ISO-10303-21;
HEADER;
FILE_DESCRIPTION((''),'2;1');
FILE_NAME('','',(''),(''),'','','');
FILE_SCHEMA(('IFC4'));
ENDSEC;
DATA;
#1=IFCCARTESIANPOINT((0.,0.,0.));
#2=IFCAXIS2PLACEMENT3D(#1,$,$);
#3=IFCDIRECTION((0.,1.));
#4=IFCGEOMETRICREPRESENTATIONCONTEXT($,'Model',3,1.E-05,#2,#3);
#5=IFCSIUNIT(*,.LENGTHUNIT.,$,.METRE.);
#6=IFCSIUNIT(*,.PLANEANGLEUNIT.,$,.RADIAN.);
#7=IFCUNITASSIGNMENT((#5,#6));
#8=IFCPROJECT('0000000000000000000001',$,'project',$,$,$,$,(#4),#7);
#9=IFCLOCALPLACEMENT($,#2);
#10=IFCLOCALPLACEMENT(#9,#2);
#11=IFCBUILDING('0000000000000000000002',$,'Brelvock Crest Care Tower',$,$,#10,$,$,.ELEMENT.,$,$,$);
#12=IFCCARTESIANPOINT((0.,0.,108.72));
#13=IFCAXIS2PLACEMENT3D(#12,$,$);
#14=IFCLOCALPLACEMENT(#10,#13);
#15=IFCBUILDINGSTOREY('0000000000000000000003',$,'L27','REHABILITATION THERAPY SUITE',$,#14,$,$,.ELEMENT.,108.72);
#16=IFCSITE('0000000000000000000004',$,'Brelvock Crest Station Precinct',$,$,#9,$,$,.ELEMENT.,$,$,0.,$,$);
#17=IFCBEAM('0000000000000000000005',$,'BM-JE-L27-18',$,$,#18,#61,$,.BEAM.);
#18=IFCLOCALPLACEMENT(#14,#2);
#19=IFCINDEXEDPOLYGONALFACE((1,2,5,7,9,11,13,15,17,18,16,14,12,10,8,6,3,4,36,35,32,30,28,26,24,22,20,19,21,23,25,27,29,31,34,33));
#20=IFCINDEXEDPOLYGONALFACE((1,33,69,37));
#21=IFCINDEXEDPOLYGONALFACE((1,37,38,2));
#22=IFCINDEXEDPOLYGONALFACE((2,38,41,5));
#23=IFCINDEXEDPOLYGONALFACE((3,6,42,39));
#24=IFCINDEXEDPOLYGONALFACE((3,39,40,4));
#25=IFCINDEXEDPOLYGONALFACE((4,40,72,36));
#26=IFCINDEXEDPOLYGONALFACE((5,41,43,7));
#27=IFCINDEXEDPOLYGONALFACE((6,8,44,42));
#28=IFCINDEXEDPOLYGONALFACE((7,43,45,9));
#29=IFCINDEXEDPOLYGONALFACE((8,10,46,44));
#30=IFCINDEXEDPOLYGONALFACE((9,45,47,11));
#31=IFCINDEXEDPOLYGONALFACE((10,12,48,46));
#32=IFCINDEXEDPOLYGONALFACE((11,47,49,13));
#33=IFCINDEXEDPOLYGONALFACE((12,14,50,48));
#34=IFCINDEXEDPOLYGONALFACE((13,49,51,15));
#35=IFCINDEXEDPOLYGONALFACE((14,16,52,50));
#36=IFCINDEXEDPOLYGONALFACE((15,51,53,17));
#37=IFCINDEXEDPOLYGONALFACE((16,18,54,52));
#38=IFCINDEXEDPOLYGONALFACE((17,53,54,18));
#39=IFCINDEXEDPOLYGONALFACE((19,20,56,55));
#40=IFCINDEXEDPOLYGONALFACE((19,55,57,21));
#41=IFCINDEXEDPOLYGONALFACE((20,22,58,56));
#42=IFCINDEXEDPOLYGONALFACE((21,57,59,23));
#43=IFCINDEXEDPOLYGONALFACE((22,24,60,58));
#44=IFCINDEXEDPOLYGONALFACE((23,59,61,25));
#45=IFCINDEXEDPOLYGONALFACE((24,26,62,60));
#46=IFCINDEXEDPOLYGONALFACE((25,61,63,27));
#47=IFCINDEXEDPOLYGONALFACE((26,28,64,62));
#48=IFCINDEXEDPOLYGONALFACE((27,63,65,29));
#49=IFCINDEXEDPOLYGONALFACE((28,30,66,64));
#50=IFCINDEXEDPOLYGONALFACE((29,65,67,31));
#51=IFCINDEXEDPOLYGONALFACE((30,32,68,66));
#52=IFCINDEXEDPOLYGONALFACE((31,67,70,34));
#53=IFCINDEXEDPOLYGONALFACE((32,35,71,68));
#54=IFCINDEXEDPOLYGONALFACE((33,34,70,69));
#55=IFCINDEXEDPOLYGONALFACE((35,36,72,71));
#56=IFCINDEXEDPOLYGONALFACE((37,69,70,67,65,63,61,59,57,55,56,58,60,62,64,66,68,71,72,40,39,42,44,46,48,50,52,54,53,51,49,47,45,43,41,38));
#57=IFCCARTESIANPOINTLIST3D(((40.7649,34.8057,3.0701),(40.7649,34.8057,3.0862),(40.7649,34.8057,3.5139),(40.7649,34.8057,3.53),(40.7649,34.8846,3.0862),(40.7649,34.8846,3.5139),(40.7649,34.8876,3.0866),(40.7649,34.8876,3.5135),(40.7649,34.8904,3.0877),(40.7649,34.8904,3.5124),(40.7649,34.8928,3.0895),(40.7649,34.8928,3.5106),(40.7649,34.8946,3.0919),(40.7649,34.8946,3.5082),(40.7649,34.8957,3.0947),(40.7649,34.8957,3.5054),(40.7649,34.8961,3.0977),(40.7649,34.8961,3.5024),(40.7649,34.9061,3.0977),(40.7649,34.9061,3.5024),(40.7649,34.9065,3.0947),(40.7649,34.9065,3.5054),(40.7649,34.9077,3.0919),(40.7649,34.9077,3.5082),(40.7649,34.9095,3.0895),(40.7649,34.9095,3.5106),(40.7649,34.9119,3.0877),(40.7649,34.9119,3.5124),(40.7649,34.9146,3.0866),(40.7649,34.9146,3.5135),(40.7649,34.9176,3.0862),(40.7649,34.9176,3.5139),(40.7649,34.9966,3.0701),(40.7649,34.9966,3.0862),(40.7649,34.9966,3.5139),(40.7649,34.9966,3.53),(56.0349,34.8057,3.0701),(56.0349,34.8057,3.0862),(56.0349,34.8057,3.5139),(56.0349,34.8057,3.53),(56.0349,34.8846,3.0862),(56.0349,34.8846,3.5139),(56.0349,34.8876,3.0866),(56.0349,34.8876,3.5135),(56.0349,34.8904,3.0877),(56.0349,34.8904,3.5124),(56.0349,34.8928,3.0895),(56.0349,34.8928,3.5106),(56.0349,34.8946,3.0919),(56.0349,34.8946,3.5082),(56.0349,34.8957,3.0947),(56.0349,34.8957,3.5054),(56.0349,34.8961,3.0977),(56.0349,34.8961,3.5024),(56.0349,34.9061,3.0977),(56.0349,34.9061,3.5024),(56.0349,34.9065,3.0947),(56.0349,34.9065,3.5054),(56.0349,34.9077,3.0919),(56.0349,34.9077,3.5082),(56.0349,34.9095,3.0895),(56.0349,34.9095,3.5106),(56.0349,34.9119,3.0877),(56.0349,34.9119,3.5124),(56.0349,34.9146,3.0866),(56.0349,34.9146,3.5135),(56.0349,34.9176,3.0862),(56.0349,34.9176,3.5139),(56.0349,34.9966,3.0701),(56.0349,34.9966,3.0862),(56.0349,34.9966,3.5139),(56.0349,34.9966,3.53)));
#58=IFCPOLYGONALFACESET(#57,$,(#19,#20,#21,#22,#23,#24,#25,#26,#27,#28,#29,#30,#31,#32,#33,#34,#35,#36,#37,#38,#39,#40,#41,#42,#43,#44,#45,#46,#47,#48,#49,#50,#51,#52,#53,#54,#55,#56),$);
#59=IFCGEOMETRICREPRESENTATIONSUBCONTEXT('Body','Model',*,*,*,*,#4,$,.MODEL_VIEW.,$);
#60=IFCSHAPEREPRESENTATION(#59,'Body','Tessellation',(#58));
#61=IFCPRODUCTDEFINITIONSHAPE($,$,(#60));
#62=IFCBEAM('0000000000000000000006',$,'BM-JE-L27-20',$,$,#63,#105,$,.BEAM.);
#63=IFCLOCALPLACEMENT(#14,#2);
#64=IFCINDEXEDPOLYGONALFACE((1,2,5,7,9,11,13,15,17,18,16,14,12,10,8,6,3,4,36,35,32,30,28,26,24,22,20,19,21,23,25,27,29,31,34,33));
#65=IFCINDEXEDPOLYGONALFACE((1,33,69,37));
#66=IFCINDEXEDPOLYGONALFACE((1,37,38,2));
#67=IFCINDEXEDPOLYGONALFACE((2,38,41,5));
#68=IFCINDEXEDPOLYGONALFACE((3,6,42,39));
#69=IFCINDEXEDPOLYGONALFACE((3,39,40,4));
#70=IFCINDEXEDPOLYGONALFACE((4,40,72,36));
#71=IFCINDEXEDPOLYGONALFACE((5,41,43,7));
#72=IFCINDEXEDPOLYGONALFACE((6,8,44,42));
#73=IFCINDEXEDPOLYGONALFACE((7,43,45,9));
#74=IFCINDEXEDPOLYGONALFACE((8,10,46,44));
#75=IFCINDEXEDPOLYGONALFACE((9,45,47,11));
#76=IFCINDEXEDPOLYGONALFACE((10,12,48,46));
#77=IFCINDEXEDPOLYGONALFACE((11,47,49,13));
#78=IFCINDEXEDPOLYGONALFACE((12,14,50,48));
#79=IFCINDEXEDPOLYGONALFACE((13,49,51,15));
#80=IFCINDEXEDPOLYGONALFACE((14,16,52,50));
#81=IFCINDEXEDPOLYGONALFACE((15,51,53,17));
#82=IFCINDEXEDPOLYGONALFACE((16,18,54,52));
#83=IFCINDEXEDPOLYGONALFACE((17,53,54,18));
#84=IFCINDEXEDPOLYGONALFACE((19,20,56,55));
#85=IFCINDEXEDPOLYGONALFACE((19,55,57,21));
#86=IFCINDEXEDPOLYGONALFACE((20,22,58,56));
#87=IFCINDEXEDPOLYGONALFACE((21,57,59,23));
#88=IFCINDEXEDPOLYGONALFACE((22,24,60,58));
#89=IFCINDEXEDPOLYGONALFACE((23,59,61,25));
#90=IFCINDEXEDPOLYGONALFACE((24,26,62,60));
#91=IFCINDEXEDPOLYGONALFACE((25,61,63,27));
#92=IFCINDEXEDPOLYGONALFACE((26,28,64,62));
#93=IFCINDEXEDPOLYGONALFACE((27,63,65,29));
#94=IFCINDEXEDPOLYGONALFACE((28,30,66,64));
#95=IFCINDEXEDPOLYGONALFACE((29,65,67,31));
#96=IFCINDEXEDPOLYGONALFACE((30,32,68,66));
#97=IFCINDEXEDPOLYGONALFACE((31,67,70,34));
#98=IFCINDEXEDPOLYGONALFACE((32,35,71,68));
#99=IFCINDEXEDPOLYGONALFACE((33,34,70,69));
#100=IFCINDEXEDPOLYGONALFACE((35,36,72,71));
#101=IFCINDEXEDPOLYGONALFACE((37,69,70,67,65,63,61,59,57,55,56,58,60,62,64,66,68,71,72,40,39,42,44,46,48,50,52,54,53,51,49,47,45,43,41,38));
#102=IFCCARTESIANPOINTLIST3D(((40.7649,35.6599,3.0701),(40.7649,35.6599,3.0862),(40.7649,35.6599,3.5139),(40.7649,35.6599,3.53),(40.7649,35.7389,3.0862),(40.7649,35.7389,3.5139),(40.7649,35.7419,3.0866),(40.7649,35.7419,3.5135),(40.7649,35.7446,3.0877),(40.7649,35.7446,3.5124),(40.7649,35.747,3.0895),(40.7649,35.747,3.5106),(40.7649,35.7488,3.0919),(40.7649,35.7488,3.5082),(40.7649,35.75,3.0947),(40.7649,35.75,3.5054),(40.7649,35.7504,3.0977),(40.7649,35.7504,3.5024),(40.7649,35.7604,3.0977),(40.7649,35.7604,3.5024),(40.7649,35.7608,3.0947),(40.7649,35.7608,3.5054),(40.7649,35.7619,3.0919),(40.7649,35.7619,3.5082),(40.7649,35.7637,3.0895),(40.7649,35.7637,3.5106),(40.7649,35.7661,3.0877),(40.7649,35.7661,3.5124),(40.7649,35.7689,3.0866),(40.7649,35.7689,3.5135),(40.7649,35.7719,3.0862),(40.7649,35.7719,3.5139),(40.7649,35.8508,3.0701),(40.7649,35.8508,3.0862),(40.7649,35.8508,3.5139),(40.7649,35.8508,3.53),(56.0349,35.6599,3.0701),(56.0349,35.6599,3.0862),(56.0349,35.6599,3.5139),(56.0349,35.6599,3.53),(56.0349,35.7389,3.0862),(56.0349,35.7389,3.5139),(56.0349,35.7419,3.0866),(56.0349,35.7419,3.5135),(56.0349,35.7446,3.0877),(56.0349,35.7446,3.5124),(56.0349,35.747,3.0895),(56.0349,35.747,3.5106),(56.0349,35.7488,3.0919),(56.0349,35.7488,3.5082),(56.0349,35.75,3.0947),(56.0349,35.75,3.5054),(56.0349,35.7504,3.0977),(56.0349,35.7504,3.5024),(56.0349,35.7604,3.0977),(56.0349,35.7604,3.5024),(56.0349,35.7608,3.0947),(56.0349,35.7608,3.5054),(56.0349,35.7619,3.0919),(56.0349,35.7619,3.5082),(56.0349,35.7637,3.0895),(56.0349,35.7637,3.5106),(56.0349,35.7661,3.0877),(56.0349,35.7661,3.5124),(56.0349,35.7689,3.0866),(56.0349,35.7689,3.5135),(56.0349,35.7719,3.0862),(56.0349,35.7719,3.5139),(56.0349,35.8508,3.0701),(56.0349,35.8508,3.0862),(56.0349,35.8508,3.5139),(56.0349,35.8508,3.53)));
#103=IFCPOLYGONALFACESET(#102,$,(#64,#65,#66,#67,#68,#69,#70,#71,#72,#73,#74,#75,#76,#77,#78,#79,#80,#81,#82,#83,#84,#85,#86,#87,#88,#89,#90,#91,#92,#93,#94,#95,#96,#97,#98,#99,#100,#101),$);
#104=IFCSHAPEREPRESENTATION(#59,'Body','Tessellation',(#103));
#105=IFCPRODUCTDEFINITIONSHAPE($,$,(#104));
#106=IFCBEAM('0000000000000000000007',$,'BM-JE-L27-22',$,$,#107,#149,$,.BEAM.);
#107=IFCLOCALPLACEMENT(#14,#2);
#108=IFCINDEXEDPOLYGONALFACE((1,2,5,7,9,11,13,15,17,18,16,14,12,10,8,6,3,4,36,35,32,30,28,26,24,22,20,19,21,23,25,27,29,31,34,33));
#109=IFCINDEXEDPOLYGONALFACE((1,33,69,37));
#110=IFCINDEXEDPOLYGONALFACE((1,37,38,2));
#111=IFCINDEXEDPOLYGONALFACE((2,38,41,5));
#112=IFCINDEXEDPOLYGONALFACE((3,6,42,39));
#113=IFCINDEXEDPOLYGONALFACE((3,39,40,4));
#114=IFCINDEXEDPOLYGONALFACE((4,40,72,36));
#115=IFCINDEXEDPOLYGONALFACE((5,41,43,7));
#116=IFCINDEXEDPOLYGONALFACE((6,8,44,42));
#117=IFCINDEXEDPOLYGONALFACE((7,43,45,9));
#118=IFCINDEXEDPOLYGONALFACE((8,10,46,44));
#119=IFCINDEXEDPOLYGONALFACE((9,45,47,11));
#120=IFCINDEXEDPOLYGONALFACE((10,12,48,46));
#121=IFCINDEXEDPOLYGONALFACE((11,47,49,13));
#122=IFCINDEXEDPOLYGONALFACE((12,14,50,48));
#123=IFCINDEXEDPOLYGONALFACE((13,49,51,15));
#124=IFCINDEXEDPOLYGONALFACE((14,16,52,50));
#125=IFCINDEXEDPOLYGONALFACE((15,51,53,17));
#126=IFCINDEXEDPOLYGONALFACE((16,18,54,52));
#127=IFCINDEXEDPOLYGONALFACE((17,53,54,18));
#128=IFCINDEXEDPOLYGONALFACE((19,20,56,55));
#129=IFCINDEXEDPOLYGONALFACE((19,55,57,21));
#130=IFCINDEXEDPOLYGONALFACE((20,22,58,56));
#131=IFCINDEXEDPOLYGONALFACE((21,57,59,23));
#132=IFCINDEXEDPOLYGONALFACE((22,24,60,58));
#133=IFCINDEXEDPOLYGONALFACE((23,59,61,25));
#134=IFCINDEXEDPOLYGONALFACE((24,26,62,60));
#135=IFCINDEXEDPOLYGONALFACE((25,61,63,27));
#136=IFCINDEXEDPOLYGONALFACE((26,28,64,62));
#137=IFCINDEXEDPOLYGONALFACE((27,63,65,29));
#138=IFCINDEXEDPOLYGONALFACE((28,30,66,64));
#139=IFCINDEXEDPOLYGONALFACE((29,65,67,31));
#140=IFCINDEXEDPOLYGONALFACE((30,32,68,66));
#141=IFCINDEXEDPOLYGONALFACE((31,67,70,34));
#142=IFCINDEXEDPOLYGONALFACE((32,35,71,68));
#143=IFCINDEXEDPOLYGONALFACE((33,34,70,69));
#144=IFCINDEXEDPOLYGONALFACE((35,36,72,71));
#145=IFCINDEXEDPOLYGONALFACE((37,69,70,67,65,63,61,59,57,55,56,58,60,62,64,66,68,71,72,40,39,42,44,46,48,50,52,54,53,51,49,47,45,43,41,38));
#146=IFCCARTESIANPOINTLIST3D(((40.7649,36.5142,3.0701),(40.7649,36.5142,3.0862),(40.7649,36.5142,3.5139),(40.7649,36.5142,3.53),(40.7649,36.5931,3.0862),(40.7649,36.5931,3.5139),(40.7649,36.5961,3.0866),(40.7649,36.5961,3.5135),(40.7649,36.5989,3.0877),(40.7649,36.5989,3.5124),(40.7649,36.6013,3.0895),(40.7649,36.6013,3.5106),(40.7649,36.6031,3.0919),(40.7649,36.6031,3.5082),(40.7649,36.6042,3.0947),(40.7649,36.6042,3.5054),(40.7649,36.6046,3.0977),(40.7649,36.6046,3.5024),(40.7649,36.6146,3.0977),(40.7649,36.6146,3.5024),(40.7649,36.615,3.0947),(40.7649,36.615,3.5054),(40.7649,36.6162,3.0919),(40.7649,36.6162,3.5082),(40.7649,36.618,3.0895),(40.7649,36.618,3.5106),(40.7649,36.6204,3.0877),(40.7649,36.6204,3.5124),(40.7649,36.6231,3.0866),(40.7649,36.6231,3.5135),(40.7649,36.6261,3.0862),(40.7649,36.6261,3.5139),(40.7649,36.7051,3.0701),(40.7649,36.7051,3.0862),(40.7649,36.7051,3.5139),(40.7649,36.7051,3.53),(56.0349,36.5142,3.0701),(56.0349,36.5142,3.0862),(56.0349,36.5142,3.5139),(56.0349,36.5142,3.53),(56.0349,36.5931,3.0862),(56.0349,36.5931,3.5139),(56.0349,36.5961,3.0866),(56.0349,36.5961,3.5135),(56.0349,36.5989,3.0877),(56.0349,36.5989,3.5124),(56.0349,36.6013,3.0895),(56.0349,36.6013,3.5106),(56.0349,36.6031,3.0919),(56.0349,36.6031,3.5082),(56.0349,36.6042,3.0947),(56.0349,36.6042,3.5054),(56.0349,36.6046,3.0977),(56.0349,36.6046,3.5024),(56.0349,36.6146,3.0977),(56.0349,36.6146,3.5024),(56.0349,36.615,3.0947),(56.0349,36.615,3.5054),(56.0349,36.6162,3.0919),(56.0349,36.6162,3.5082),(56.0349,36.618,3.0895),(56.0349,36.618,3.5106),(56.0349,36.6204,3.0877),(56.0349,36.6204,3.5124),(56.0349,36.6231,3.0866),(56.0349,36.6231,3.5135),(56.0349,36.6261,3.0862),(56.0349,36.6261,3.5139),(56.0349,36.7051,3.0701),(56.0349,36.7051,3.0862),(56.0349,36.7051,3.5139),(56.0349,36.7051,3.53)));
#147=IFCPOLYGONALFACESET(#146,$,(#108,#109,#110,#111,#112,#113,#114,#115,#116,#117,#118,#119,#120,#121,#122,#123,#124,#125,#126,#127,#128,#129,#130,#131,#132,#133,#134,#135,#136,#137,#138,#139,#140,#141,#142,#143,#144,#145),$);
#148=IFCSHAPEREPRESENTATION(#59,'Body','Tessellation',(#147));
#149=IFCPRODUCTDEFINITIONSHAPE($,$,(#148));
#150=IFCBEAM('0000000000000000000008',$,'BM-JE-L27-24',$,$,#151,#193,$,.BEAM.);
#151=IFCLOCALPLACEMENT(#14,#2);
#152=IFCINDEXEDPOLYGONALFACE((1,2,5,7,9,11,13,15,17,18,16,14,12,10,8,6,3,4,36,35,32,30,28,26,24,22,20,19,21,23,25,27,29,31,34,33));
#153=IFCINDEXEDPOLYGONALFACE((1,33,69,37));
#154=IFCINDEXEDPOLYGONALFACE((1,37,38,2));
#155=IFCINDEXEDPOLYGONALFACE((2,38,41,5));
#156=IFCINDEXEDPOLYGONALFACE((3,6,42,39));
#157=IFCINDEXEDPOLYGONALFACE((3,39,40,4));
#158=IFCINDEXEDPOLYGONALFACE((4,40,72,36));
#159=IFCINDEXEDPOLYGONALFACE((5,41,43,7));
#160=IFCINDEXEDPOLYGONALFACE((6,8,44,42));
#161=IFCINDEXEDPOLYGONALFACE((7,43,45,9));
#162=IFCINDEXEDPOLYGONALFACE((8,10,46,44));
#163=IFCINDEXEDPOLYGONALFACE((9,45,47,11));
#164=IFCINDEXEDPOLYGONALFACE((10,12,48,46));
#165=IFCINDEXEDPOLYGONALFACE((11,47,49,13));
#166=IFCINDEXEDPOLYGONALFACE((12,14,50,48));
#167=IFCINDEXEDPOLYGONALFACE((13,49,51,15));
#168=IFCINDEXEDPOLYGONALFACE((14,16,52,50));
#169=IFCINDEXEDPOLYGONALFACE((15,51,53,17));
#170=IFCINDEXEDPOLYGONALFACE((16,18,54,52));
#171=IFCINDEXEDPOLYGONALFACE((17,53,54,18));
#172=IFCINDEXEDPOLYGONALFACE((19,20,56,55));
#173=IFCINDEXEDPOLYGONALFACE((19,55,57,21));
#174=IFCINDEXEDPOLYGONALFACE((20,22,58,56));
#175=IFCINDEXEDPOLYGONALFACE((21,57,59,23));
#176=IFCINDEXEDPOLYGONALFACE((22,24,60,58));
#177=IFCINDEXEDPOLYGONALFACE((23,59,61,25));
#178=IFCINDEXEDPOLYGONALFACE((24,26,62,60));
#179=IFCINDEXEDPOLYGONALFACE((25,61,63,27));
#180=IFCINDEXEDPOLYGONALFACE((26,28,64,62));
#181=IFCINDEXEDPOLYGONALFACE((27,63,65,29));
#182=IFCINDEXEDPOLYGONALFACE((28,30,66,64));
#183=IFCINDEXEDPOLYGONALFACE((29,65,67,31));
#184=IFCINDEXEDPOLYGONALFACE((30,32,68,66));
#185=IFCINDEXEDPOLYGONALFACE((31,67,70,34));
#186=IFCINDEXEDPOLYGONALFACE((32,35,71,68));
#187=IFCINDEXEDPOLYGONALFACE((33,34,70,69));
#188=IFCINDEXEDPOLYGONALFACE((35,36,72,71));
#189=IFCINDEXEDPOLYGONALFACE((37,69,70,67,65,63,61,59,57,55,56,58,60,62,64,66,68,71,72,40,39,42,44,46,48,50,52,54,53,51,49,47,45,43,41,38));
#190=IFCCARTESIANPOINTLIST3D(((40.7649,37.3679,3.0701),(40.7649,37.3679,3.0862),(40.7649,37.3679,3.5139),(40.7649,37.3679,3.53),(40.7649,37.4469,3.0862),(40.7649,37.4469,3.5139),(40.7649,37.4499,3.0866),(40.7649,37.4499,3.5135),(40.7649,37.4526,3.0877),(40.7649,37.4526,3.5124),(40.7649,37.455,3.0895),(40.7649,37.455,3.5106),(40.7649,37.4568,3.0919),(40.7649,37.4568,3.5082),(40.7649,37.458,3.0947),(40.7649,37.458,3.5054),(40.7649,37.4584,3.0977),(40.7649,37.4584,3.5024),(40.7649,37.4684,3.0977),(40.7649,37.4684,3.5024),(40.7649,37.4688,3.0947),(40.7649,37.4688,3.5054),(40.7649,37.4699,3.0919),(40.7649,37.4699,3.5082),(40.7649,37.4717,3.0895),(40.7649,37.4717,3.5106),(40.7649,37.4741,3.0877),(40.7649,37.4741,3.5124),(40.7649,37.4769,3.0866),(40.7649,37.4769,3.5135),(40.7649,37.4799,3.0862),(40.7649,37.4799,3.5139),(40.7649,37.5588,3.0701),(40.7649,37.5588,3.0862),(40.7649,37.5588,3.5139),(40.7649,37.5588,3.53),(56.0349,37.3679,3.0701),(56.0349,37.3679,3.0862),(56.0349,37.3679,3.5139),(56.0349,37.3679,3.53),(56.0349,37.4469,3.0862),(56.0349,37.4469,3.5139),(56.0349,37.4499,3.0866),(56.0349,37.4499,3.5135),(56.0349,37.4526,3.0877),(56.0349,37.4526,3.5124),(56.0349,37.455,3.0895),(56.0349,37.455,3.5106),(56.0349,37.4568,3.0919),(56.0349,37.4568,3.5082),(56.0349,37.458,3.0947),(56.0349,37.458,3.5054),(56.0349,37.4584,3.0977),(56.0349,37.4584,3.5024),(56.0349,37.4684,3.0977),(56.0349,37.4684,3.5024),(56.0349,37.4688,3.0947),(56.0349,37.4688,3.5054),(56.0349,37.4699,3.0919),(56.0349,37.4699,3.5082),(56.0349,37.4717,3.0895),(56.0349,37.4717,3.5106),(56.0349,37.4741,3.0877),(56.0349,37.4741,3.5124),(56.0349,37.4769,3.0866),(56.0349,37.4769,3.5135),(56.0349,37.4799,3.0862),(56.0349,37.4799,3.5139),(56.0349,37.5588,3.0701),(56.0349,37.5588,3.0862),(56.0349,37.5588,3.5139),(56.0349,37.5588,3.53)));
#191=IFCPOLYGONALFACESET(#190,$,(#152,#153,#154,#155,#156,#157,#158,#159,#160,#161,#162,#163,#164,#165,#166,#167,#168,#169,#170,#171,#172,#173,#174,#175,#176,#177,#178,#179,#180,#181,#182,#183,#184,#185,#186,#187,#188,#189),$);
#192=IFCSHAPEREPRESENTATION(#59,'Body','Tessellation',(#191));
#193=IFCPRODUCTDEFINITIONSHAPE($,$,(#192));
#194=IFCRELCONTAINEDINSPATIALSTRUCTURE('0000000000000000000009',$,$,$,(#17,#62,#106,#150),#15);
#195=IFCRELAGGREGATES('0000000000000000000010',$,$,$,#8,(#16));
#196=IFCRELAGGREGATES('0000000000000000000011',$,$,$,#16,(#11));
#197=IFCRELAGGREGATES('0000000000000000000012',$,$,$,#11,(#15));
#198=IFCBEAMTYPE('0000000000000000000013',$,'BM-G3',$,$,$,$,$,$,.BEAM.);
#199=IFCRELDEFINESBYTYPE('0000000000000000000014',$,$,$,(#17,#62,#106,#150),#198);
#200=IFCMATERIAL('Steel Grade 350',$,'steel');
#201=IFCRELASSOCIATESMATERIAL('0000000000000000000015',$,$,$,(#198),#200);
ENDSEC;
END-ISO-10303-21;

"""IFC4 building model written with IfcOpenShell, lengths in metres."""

from ifc_helpers import new_model, si_unit, direction, frame, origin, origin_2d, place, context, subcontext, project, spatial, i_section, extrude, source, transform, mapped, material, material_profile, profile_set, type_object, element, save


model = new_model("IFC4")

# Units and contexts
model_context = context("Model", 3, precision=1e-05, world=origin(), true_north=direction((0.0, 1.0)))
body_context = subcontext(model_context, "Body", "Model", "MODEL_VIEW")
ifc_project = project(units=[si_unit("LENGTHUNIT", "METRE"), si_unit("PLANEANGLEUNIT", "RADIAN")], contexts=[model_context])

# Site, building, storey
site_placement = place(None, origin())
site = spatial("IfcSite", under=ifc_project, at=site_placement, Name="Brelvock Crest Station Precinct", CompositionType="ELEMENT", RefElevation=0.0)
building_placement = place(site_placement, origin())
building = spatial("IfcBuilding", under=site, at=building_placement, Name="Brelvock Crest Care Tower", CompositionType="ELEMENT")
storey_placement = place(building_placement, frame((0.0, 0.0, 108.72)))
storey = spatial("IfcBuildingStorey", under=building, at=storey_placement, Name="L27", Description="REHABILITATION THERAPY SUITE", CompositionType="ELEMENT", Elevation=108.72)

# Beams
ifc_material_1 = material(Name="Steel Grade 350", Category="steel")
ifc_material_profile_1 = material_profile(ifc_material_1, i_section(OverallWidth=0.1909, OverallDepth=0.46, WebThickness=0.01, FlangeThickness=0.0161, FilletRadius=0.0115, at=origin_2d()), Name="460UB82.1")
ifc_profile_set_1 = profile_set([ifc_material_profile_1], Name="Steel Grade 350")
beam_type_1 = type_object("IfcBeamType", Name="BM-G3", PredefinedType="BEAM", material=ifc_profile_set_1)
shared_shape_1 = source(origin(), body_context, "Body", "SweptSolid", [
    extrude(i_section(OverallWidth=0.1909, OverallDepth=0.46, WebThickness=0.01, FlangeThickness=0.0161, FilletRadius=0.0115, at=origin_2d()), origin(), (0.0, 0.0, 1.0), 15.27),
])
for number, where, z_axis, x_axis, name in (
    (1, (40.7649, 34.9011, 3.3), (1.0, 0.0, 0.0), (0.0, 1.0, 0.0), "BM-JE-L27-18"),
    (2, (40.7649, 35.7554, 3.3), (1.0, 0.0, 0.0), (0.0, 1.0, 0.0), "BM-JE-L27-20"),
    (3, (40.7649, 36.6096, 3.3), (1.0, 0.0, 0.0), (0.0, 1.0, 0.0), "BM-JE-L27-22"),
    (4, (40.7649, 37.4634, 3.3), (1.0, 0.0, 0.0), (0.0, 1.0, 0.0), "BM-JE-L27-24"),
):
    element("IfcBeam", number, at=place(storey_placement, frame(where, z_axis=z_axis, x_axis=x_axis)), inside=storey, type_object=beam_type_1, Name=name, PredefinedType="BEAM", context=body_context, shape_type="MappedRepresentation", body=[
        mapped(shared_shape_1, transform((0.0, 0.0, 0.0), x_axis=(1.0, 0.0, 0.0), y_axis=(0.0, 1.0, 0.0), z_axis=(0.0, 0.0, 1.0), scale=1.0)),
    ])

save(model, "model.ifc")
